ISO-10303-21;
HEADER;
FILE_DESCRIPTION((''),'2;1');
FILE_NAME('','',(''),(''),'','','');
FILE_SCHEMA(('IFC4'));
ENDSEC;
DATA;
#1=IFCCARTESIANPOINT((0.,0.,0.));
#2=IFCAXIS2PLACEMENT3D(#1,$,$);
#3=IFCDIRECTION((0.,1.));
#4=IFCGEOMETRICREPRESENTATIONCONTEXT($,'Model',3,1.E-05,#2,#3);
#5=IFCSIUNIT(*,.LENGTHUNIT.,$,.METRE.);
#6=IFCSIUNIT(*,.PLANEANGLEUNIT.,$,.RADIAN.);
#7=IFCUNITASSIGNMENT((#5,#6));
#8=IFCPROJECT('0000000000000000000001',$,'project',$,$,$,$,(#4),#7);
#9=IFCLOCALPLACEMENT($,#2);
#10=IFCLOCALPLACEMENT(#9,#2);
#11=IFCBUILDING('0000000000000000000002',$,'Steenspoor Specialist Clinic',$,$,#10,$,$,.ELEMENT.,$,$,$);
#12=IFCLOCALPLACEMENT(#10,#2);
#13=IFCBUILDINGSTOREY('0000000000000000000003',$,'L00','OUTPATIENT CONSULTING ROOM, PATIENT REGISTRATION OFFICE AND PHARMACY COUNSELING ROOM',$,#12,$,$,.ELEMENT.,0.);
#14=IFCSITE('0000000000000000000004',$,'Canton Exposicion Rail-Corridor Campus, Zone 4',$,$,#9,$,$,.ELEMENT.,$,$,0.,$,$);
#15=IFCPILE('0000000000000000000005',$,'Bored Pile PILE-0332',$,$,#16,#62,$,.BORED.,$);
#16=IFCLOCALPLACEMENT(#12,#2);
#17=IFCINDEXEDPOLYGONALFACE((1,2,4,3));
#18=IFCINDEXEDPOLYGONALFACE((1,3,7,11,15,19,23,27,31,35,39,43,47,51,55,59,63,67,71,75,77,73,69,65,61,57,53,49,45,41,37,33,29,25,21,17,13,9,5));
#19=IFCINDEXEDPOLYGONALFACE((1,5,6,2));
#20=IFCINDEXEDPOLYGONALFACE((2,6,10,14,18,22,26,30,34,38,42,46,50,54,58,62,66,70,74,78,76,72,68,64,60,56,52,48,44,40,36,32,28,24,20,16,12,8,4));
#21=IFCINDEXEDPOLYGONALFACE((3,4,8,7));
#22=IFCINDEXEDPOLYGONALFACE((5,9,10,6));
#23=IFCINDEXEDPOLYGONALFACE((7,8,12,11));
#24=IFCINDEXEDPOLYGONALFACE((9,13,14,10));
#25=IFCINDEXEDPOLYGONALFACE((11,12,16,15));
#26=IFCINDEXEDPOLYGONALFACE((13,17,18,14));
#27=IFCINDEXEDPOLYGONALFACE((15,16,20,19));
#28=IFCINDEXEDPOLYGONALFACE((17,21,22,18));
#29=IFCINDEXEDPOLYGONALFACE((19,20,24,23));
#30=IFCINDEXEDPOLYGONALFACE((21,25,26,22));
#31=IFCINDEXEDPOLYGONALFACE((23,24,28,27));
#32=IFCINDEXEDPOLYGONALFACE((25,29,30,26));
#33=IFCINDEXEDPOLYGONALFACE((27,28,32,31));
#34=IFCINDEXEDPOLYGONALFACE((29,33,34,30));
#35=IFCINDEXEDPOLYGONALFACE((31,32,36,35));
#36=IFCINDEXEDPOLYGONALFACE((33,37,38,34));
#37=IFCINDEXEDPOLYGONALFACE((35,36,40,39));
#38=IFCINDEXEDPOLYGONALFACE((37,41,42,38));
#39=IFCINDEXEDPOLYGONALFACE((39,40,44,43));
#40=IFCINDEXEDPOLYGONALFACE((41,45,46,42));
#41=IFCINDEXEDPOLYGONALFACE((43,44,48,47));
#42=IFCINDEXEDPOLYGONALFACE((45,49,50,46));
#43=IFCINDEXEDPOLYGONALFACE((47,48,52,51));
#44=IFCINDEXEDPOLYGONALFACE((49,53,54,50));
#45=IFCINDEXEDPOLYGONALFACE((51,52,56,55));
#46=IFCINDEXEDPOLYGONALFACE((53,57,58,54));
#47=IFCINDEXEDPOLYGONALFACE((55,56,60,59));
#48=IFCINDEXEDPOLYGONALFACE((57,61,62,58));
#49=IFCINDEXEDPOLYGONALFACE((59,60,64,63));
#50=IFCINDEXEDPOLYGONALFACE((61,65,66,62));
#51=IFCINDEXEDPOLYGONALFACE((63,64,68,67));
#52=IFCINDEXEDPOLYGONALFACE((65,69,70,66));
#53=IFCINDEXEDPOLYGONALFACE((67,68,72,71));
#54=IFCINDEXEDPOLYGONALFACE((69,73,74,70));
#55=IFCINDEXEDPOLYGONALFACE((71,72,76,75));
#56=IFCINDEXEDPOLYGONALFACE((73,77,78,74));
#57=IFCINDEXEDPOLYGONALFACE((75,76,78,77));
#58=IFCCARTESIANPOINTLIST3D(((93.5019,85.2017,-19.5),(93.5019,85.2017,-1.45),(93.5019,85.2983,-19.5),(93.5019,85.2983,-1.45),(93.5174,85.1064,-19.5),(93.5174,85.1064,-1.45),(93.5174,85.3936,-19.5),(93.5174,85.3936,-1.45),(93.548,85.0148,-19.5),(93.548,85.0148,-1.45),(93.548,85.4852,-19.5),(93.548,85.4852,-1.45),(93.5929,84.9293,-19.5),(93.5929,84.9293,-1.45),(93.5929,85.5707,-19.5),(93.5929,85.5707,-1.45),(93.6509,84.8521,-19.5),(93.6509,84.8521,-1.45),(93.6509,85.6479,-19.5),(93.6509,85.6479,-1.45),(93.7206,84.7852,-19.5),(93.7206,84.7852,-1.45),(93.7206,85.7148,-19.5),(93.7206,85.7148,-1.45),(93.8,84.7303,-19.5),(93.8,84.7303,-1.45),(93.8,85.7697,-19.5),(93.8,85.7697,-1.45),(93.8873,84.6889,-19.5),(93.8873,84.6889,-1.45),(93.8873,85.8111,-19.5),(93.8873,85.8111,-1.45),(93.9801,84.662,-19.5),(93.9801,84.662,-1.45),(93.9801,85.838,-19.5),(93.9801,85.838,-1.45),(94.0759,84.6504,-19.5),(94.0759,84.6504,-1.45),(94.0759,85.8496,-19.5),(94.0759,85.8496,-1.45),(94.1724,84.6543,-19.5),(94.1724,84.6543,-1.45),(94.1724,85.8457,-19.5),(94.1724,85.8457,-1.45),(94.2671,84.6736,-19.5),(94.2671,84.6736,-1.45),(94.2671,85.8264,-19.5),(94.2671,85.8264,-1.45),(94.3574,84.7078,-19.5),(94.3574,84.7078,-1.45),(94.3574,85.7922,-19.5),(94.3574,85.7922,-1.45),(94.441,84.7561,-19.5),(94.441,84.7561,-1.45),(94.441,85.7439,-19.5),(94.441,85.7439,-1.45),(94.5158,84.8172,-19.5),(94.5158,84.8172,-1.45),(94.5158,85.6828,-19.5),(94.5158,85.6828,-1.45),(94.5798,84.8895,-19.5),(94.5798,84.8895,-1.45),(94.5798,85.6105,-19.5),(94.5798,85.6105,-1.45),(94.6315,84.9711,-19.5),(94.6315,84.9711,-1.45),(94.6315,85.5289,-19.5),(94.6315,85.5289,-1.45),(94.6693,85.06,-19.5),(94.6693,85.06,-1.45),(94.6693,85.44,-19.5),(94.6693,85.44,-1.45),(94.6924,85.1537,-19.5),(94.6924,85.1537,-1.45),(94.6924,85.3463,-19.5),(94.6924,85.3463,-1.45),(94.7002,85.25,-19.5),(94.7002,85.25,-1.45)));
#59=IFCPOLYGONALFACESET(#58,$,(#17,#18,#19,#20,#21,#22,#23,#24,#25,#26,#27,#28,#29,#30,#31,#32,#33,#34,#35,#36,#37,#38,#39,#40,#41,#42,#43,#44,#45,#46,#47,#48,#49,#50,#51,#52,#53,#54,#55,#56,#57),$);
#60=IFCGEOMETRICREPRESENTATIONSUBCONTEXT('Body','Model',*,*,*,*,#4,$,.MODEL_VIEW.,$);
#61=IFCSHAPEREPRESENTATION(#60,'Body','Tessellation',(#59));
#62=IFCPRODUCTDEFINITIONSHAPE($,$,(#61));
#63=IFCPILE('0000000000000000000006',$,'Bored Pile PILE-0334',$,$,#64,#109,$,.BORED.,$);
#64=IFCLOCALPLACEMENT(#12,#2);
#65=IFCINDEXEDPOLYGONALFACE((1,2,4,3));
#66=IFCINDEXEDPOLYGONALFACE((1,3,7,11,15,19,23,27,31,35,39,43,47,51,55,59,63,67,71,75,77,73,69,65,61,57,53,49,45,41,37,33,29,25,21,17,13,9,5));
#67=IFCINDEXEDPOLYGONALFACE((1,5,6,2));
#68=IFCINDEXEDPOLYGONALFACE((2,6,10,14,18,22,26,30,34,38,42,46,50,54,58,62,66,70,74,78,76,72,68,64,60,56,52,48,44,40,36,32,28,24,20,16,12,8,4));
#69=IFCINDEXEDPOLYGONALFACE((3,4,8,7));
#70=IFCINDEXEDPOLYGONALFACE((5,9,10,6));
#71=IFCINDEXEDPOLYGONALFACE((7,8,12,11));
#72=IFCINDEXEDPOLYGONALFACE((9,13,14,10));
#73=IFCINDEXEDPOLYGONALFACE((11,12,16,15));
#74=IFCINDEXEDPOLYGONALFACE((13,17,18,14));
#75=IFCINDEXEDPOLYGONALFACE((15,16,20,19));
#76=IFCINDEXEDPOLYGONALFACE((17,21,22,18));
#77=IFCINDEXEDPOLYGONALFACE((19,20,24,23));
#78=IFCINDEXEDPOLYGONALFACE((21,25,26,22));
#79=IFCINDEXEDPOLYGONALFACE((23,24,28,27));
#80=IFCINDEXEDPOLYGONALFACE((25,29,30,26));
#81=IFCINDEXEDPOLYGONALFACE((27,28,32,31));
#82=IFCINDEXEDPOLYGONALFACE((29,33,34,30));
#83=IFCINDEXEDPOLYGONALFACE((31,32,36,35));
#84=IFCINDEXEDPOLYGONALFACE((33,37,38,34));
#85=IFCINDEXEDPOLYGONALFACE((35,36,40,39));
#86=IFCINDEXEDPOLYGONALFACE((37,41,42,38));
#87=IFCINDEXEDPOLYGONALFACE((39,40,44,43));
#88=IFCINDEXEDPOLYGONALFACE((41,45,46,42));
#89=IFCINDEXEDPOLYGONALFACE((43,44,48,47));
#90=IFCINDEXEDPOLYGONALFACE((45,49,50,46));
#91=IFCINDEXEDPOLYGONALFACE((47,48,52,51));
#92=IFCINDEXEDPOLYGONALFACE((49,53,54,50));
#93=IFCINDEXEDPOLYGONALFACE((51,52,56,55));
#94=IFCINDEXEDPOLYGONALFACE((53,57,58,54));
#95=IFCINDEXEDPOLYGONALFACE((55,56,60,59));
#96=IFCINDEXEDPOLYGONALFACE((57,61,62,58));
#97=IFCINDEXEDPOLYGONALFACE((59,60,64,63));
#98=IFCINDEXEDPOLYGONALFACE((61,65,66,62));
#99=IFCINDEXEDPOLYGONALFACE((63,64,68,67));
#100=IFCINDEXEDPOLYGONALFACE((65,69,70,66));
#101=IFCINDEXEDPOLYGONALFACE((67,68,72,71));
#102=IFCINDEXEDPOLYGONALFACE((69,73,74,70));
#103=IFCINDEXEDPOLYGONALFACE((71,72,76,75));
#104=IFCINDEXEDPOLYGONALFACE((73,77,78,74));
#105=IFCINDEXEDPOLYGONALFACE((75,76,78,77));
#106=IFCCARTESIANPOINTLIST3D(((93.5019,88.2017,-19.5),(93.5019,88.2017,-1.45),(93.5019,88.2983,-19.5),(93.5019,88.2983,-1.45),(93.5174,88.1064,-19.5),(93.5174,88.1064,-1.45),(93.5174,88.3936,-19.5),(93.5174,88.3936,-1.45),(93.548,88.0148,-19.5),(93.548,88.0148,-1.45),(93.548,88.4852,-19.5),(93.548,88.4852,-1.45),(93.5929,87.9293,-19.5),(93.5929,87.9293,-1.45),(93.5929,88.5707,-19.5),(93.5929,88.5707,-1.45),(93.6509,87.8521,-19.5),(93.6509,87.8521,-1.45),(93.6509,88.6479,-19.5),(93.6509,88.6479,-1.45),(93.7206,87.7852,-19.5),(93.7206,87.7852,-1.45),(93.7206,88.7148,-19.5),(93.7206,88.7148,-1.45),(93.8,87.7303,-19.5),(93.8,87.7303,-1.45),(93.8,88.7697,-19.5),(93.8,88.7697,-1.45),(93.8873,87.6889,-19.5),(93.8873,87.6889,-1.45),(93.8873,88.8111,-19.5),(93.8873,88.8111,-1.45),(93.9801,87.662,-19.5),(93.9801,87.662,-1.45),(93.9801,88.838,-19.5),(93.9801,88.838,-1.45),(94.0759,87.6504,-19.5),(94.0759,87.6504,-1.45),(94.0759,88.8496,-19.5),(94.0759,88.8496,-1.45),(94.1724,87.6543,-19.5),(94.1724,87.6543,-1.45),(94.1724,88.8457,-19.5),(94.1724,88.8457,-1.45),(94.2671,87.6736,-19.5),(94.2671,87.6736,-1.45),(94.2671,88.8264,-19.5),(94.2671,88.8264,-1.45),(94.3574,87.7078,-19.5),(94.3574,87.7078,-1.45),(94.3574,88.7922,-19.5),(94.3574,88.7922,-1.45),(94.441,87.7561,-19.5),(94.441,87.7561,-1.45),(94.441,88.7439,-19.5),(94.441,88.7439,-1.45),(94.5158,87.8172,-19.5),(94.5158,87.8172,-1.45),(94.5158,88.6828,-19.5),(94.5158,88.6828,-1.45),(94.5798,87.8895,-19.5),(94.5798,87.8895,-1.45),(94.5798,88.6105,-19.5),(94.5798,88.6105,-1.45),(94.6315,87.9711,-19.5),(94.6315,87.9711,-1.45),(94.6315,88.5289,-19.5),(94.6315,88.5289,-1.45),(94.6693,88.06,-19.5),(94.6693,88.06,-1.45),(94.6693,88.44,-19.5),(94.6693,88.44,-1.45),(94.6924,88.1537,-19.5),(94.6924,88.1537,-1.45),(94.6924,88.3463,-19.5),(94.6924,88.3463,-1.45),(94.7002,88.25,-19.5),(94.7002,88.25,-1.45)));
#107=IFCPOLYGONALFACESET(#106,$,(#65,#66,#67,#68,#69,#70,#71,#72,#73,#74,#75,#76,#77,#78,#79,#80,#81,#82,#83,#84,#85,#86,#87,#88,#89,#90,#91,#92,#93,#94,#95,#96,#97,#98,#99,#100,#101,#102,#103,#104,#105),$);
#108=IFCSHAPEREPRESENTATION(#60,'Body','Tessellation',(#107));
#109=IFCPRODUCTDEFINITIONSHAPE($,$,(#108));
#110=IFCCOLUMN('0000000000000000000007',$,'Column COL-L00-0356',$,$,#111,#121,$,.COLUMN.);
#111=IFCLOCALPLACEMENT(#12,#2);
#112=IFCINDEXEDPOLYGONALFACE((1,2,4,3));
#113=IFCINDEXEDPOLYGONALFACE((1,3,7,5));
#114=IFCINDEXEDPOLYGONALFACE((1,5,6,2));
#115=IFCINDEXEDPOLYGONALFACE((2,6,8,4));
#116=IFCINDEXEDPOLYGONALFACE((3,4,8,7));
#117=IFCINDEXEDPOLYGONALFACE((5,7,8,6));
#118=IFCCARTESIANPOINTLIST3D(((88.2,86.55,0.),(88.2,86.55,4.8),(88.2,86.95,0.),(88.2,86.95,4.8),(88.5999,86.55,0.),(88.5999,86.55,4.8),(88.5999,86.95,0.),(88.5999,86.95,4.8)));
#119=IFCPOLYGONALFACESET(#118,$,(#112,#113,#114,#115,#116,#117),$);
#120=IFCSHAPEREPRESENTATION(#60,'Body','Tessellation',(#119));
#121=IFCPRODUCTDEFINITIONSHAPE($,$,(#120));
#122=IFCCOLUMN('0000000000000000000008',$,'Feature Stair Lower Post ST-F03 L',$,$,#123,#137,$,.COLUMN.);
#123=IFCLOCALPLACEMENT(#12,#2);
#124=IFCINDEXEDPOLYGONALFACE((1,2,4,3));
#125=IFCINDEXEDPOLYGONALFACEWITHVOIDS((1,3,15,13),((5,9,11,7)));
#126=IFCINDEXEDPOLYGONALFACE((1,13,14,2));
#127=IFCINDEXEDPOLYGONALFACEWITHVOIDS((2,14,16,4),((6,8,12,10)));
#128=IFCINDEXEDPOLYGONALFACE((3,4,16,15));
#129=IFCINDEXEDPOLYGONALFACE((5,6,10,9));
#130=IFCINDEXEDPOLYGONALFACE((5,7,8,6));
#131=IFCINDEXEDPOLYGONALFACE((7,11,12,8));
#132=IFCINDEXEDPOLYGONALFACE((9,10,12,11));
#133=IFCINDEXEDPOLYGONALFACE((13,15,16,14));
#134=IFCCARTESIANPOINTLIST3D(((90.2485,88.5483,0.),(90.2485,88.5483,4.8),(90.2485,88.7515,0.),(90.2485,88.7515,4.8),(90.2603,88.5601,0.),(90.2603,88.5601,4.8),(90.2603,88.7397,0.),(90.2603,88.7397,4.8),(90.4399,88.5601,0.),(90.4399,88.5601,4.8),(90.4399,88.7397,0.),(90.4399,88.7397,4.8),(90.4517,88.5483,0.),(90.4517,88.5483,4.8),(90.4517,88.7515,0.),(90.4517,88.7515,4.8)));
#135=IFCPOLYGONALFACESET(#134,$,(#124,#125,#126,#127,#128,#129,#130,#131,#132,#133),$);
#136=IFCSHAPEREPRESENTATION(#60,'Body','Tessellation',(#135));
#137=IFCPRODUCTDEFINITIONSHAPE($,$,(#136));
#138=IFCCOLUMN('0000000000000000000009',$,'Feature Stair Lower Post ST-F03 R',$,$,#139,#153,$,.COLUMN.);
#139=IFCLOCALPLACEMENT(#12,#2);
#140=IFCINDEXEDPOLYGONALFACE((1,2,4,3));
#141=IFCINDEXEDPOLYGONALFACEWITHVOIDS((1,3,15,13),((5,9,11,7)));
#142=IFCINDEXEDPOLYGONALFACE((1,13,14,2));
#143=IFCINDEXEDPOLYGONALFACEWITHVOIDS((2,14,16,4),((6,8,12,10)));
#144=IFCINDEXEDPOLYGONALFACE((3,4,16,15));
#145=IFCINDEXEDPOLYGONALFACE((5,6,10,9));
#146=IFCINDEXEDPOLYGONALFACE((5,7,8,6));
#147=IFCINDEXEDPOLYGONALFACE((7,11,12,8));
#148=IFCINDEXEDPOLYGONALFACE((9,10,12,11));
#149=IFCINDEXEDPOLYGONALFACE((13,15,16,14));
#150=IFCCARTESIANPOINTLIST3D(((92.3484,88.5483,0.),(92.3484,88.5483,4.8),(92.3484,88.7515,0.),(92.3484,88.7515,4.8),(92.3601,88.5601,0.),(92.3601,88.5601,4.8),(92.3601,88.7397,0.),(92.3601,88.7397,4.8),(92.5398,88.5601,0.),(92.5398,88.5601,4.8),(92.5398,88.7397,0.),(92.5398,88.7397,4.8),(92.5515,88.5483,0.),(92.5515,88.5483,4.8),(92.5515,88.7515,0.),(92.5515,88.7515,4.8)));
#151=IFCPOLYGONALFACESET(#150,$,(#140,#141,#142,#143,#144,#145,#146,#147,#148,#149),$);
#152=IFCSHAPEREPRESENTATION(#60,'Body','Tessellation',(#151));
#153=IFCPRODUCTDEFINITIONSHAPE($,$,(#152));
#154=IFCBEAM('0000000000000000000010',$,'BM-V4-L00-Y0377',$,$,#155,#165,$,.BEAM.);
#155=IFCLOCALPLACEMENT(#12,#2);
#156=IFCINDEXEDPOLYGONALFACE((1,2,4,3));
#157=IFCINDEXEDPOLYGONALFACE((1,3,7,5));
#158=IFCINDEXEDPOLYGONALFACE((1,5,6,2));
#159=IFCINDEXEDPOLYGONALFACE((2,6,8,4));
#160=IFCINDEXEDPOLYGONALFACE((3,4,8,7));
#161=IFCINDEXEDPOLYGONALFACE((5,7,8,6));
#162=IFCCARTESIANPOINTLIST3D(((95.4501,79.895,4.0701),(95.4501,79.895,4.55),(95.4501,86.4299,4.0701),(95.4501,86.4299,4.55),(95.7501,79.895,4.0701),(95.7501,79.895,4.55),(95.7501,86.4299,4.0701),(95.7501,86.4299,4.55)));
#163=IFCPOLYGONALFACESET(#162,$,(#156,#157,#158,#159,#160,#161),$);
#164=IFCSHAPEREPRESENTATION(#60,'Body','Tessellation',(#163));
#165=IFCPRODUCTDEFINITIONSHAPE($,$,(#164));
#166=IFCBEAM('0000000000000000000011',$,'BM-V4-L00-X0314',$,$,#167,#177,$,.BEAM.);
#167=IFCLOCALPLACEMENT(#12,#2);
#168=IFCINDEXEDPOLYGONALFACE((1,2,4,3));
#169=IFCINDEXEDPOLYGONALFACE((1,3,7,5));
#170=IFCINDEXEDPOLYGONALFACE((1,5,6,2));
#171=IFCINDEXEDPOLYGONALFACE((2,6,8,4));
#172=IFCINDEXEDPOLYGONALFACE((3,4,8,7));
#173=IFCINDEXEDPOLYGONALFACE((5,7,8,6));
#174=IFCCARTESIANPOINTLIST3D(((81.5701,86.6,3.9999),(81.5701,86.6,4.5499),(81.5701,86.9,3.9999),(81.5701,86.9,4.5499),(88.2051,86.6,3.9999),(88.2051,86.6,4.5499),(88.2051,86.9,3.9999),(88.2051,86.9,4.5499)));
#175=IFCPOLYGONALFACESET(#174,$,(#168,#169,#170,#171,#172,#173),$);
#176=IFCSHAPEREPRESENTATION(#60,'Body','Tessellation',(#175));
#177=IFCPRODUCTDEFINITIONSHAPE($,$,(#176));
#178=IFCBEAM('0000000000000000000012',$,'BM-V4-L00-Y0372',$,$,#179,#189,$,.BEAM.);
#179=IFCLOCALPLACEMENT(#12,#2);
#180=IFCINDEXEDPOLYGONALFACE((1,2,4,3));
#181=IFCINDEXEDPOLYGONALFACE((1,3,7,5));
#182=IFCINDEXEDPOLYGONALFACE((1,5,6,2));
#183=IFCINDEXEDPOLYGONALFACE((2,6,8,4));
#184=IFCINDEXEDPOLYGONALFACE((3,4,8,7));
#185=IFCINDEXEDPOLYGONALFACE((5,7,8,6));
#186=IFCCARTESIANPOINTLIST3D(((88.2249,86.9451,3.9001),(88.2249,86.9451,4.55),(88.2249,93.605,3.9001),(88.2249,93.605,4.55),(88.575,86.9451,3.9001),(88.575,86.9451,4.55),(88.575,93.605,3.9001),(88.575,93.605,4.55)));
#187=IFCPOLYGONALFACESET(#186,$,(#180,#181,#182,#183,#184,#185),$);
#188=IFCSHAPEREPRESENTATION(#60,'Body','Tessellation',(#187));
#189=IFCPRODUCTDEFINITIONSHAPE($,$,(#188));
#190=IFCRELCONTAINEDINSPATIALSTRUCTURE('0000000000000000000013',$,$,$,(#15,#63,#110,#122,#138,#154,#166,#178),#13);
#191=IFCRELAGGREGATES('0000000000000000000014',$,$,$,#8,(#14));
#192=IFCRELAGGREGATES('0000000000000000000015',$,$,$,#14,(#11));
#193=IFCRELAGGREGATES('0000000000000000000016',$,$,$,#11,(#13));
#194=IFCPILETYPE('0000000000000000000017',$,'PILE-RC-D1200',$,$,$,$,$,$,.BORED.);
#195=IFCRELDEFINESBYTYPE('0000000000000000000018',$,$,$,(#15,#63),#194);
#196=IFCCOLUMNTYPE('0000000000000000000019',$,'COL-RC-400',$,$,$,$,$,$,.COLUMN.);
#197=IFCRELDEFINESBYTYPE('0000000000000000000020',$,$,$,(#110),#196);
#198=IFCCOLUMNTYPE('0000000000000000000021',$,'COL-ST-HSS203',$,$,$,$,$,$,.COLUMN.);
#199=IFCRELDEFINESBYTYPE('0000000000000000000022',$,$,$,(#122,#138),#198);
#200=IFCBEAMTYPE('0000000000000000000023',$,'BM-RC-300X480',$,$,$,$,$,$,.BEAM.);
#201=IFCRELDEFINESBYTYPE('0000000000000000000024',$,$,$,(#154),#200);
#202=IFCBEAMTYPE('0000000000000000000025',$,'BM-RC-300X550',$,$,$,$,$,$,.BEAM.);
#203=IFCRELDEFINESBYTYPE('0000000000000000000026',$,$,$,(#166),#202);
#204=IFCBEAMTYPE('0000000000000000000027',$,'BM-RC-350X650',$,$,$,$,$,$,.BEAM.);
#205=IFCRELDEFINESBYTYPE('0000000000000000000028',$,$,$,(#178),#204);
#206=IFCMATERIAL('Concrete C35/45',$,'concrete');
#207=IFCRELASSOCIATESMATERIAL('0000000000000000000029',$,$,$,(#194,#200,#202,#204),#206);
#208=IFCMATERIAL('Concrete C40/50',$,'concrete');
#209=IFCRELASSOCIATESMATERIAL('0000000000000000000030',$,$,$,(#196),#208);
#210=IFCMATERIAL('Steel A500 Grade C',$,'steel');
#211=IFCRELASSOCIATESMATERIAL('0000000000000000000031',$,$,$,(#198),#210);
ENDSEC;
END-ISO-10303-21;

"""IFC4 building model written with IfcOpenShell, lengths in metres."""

from ifc_helpers import new_model, si_unit, direction, frame, origin, origin_2d, place, context, subcontext, project, spatial, rectangle, hollow_rectangle, circle, extrude, material, material_profile, profile_set, type_object, element, save


model = new_model("IFC4")

# Units and contexts
model_context = context("Model", 3, precision=1e-05, world=origin(), true_north=direction((0.0, 1.0)))
body_context = subcontext(model_context, "Body", "Model", "MODEL_VIEW")
ifc_project = project(units=[si_unit("LENGTHUNIT", "METRE"), si_unit("PLANEANGLEUNIT", "RADIAN")], contexts=[model_context])

# Site, building, storey
site_placement = place(None, origin())
site = spatial("IfcSite", under=ifc_project, at=site_placement, Name="Canton Exposicion Rail-Corridor Campus, Zone 4", CompositionType="ELEMENT", RefElevation=0.0)
building_placement = place(site_placement, origin())
building = spatial("IfcBuilding", under=site, at=building_placement, Name="Steenspoor Specialist Clinic", CompositionType="ELEMENT")
storey_placement = place(building_placement, origin())
storey = spatial("IfcBuildingStorey", under=building, at=storey_placement, Name="L00", Description="OUTPATIENT CONSULTING ROOM, PATIENT REGISTRATION OFFICE AND PHARMACY COUNSELING ROOM", CompositionType="ELEMENT", Elevation=0.0)

# Shared definitions
ifc_material_1 = material(Name="Concrete C35/45", Category="concrete")

# Piles
ifc_material_profile_1 = material_profile(ifc_material_1, circle(Radius=0.6001, at=origin_2d()), Name="PILE-D1200")
ifc_profile_set_1 = profile_set([ifc_material_profile_1], Name="Concrete C35/45")
pile_type_1 = type_object("IfcPileType", Name="PILE-RC-D1200", PredefinedType="BORED", material=ifc_profile_set_1)
for number, where, z_axis, x_axis, name in (
    (1, (94.1001, 85.25, -1.45), (0.0, 0.0, -1.0), (1.0, 0.0, 0.0), "Bored Pile PILE-0332"),
    (2, (94.1001, 88.25, -1.45), (0.0, 0.0, -1.0), (1.0, 0.0, 0.0), "Bored Pile PILE-0334"),
):
    element("IfcPile", number, at=place(storey_placement, frame(where, z_axis=z_axis, x_axis=x_axis)), inside=storey, type_object=pile_type_1, Name=name, PredefinedType="BORED", context=body_context, shape_type="SweptSolid", body=[
        extrude(circle(Radius=0.6001, at=origin_2d()), origin(), (0.0, 0.0, 1.0), 18.05),
    ])

# Columns
ifc_material_2 = material(Name="Concrete C40/50", Category="concrete")
ifc_material_profile_2 = material_profile(ifc_material_2, rectangle(XDim=0.3999, YDim=0.3999, at=origin_2d()), Name="RC-COL-400X400")
ifc_profile_set_2 = profile_set([ifc_material_profile_2], Name="Concrete C40/50")
column_type_1 = type_object("IfcColumnType", Name="COL-RC-400", PredefinedType="COLUMN", material=ifc_profile_set_2)
column_placement = place(storey_placement, frame((88.3999, 86.75, 0.0), z_axis=(0.0, 0.0, 1.0), x_axis=(1.0, 0.0, 0.0)))
element("IfcColumn", 3, at=column_placement, inside=storey, type_object=column_type_1, Name="Column COL-L00-0356", PredefinedType="COLUMN", context=body_context, shape_type="SweptSolid", body=[
    extrude(rectangle(XDim=0.3999, YDim=0.3999, at=origin_2d()), origin(), (0.0, 0.0, 1.0), 4.8),
])
ifc_material_3 = material(Name="Steel A500 Grade C", Category="steel")
ifc_material_profile_3 = material_profile(ifc_material_3, hollow_rectangle(XDim=0.2031, YDim=0.2031, WallThickness=0.0117, at=origin_2d()), Name="HSS203X203X12.7")
ifc_profile_set_3 = profile_set([ifc_material_profile_3], Name="Steel A500 Grade C")
column_type_2 = type_object("IfcColumnType", Name="COL-ST-HSS203", PredefinedType="COLUMN", material=ifc_profile_set_3)
for number, where, z_axis, x_axis, name in (
    (4, (90.3501, 88.6499, 0.0), (0.0, 0.0, 1.0), (1.0, 0.0, 0.0), "Feature Stair Lower Post ST-F03 L"),
    (5, (92.45, 88.6499, 0.0), (0.0, 0.0, 1.0), (1.0, 0.0, 0.0), "Feature Stair Lower Post ST-F03 R"),
):
    element("IfcColumn", number, at=place(storey_placement, frame(where, z_axis=z_axis, x_axis=x_axis)), inside=storey, type_object=column_type_2, Name=name, PredefinedType="COLUMN", context=body_context, shape_type="SweptSolid", body=[
        extrude(hollow_rectangle(XDim=0.2031, YDim=0.2031, WallThickness=0.0117, at=origin_2d()), origin(), (0.0, 0.0, 1.0), 4.8),
    ])

# Beams
ifc_material_profile_4 = material_profile(ifc_material_1, rectangle(XDim=0.3, YDim=0.48, at=origin_2d()), Name="RC-BM-300X480")
ifc_profile_set_4 = profile_set([ifc_material_profile_4], Name="Concrete C35/45")
beam_type_1 = type_object("IfcBeamType", Name="BM-RC-300X480", PredefinedType="BEAM", material=ifc_profile_set_4)
beam_1_placement = place(storey_placement, frame((95.6001, 79.895, 4.3101), z_axis=(0.0, 1.0, 0.0), x_axis=(-1.0, 0.0, 0.0)))
element("IfcBeam", 6, at=beam_1_placement, inside=storey, type_object=beam_type_1, Name="BM-V4-L00-Y0377", PredefinedType="BEAM", context=body_context, shape_type="SweptSolid", body=[
    extrude(rectangle(XDim=0.3, YDim=0.48, at=origin_2d()), origin(), (0.0, 0.0, 1.0), 6.5349),
])
ifc_material_profile_5 = material_profile(ifc_material_1, rectangle(XDim=0.3, YDim=0.55, at=origin_2d()), Name="RC-BM-300X550")
ifc_profile_set_5 = profile_set([ifc_material_profile_5], Name="Concrete C35/45")
beam_type_2 = type_object("IfcBeamType", Name="BM-RC-300X550", PredefinedType="BEAM", material=ifc_profile_set_5)
beam_2_placement = place(storey_placement, frame((81.5701, 86.75, 4.2749), z_axis=(1.0, 0.0, 0.0), x_axis=(0.0, 1.0, 0.0)))
element("IfcBeam", 7, at=beam_2_placement, inside=storey, type_object=beam_type_2, Name="BM-V4-L00-X0314", PredefinedType="BEAM", context=body_context, shape_type="SweptSolid", body=[
    extrude(rectangle(XDim=0.3, YDim=0.55, at=origin_2d()), origin(), (0.0, 0.0, 1.0), 6.635),
])
ifc_material_profile_6 = material_profile(ifc_material_1, rectangle(XDim=0.3501, YDim=0.6499, at=origin_2d()), Name="RC-BM-350X650")
ifc_profile_set_6 = profile_set([ifc_material_profile_6], Name="Concrete C35/45")
beam_type_3 = type_object("IfcBeamType", Name="BM-RC-350X650", PredefinedType="BEAM", material=ifc_profile_set_6)
beam_3_placement = place(storey_placement, frame((88.3999, 86.9451, 4.2251), z_axis=(0.0, 1.0, 0.0), x_axis=(-1.0, 0.0, 0.0)))
element("IfcBeam", 8, at=beam_3_placement, inside=storey, type_object=beam_type_3, Name="BM-V4-L00-Y0372", PredefinedType="BEAM", context=body_context, shape_type="SweptSolid", body=[
    extrude(rectangle(XDim=0.3501, YDim=0.6499, at=origin_2d()), origin(), (0.0, 0.0, 1.0), 6.6599),
])

save(model, "model.ifc")
